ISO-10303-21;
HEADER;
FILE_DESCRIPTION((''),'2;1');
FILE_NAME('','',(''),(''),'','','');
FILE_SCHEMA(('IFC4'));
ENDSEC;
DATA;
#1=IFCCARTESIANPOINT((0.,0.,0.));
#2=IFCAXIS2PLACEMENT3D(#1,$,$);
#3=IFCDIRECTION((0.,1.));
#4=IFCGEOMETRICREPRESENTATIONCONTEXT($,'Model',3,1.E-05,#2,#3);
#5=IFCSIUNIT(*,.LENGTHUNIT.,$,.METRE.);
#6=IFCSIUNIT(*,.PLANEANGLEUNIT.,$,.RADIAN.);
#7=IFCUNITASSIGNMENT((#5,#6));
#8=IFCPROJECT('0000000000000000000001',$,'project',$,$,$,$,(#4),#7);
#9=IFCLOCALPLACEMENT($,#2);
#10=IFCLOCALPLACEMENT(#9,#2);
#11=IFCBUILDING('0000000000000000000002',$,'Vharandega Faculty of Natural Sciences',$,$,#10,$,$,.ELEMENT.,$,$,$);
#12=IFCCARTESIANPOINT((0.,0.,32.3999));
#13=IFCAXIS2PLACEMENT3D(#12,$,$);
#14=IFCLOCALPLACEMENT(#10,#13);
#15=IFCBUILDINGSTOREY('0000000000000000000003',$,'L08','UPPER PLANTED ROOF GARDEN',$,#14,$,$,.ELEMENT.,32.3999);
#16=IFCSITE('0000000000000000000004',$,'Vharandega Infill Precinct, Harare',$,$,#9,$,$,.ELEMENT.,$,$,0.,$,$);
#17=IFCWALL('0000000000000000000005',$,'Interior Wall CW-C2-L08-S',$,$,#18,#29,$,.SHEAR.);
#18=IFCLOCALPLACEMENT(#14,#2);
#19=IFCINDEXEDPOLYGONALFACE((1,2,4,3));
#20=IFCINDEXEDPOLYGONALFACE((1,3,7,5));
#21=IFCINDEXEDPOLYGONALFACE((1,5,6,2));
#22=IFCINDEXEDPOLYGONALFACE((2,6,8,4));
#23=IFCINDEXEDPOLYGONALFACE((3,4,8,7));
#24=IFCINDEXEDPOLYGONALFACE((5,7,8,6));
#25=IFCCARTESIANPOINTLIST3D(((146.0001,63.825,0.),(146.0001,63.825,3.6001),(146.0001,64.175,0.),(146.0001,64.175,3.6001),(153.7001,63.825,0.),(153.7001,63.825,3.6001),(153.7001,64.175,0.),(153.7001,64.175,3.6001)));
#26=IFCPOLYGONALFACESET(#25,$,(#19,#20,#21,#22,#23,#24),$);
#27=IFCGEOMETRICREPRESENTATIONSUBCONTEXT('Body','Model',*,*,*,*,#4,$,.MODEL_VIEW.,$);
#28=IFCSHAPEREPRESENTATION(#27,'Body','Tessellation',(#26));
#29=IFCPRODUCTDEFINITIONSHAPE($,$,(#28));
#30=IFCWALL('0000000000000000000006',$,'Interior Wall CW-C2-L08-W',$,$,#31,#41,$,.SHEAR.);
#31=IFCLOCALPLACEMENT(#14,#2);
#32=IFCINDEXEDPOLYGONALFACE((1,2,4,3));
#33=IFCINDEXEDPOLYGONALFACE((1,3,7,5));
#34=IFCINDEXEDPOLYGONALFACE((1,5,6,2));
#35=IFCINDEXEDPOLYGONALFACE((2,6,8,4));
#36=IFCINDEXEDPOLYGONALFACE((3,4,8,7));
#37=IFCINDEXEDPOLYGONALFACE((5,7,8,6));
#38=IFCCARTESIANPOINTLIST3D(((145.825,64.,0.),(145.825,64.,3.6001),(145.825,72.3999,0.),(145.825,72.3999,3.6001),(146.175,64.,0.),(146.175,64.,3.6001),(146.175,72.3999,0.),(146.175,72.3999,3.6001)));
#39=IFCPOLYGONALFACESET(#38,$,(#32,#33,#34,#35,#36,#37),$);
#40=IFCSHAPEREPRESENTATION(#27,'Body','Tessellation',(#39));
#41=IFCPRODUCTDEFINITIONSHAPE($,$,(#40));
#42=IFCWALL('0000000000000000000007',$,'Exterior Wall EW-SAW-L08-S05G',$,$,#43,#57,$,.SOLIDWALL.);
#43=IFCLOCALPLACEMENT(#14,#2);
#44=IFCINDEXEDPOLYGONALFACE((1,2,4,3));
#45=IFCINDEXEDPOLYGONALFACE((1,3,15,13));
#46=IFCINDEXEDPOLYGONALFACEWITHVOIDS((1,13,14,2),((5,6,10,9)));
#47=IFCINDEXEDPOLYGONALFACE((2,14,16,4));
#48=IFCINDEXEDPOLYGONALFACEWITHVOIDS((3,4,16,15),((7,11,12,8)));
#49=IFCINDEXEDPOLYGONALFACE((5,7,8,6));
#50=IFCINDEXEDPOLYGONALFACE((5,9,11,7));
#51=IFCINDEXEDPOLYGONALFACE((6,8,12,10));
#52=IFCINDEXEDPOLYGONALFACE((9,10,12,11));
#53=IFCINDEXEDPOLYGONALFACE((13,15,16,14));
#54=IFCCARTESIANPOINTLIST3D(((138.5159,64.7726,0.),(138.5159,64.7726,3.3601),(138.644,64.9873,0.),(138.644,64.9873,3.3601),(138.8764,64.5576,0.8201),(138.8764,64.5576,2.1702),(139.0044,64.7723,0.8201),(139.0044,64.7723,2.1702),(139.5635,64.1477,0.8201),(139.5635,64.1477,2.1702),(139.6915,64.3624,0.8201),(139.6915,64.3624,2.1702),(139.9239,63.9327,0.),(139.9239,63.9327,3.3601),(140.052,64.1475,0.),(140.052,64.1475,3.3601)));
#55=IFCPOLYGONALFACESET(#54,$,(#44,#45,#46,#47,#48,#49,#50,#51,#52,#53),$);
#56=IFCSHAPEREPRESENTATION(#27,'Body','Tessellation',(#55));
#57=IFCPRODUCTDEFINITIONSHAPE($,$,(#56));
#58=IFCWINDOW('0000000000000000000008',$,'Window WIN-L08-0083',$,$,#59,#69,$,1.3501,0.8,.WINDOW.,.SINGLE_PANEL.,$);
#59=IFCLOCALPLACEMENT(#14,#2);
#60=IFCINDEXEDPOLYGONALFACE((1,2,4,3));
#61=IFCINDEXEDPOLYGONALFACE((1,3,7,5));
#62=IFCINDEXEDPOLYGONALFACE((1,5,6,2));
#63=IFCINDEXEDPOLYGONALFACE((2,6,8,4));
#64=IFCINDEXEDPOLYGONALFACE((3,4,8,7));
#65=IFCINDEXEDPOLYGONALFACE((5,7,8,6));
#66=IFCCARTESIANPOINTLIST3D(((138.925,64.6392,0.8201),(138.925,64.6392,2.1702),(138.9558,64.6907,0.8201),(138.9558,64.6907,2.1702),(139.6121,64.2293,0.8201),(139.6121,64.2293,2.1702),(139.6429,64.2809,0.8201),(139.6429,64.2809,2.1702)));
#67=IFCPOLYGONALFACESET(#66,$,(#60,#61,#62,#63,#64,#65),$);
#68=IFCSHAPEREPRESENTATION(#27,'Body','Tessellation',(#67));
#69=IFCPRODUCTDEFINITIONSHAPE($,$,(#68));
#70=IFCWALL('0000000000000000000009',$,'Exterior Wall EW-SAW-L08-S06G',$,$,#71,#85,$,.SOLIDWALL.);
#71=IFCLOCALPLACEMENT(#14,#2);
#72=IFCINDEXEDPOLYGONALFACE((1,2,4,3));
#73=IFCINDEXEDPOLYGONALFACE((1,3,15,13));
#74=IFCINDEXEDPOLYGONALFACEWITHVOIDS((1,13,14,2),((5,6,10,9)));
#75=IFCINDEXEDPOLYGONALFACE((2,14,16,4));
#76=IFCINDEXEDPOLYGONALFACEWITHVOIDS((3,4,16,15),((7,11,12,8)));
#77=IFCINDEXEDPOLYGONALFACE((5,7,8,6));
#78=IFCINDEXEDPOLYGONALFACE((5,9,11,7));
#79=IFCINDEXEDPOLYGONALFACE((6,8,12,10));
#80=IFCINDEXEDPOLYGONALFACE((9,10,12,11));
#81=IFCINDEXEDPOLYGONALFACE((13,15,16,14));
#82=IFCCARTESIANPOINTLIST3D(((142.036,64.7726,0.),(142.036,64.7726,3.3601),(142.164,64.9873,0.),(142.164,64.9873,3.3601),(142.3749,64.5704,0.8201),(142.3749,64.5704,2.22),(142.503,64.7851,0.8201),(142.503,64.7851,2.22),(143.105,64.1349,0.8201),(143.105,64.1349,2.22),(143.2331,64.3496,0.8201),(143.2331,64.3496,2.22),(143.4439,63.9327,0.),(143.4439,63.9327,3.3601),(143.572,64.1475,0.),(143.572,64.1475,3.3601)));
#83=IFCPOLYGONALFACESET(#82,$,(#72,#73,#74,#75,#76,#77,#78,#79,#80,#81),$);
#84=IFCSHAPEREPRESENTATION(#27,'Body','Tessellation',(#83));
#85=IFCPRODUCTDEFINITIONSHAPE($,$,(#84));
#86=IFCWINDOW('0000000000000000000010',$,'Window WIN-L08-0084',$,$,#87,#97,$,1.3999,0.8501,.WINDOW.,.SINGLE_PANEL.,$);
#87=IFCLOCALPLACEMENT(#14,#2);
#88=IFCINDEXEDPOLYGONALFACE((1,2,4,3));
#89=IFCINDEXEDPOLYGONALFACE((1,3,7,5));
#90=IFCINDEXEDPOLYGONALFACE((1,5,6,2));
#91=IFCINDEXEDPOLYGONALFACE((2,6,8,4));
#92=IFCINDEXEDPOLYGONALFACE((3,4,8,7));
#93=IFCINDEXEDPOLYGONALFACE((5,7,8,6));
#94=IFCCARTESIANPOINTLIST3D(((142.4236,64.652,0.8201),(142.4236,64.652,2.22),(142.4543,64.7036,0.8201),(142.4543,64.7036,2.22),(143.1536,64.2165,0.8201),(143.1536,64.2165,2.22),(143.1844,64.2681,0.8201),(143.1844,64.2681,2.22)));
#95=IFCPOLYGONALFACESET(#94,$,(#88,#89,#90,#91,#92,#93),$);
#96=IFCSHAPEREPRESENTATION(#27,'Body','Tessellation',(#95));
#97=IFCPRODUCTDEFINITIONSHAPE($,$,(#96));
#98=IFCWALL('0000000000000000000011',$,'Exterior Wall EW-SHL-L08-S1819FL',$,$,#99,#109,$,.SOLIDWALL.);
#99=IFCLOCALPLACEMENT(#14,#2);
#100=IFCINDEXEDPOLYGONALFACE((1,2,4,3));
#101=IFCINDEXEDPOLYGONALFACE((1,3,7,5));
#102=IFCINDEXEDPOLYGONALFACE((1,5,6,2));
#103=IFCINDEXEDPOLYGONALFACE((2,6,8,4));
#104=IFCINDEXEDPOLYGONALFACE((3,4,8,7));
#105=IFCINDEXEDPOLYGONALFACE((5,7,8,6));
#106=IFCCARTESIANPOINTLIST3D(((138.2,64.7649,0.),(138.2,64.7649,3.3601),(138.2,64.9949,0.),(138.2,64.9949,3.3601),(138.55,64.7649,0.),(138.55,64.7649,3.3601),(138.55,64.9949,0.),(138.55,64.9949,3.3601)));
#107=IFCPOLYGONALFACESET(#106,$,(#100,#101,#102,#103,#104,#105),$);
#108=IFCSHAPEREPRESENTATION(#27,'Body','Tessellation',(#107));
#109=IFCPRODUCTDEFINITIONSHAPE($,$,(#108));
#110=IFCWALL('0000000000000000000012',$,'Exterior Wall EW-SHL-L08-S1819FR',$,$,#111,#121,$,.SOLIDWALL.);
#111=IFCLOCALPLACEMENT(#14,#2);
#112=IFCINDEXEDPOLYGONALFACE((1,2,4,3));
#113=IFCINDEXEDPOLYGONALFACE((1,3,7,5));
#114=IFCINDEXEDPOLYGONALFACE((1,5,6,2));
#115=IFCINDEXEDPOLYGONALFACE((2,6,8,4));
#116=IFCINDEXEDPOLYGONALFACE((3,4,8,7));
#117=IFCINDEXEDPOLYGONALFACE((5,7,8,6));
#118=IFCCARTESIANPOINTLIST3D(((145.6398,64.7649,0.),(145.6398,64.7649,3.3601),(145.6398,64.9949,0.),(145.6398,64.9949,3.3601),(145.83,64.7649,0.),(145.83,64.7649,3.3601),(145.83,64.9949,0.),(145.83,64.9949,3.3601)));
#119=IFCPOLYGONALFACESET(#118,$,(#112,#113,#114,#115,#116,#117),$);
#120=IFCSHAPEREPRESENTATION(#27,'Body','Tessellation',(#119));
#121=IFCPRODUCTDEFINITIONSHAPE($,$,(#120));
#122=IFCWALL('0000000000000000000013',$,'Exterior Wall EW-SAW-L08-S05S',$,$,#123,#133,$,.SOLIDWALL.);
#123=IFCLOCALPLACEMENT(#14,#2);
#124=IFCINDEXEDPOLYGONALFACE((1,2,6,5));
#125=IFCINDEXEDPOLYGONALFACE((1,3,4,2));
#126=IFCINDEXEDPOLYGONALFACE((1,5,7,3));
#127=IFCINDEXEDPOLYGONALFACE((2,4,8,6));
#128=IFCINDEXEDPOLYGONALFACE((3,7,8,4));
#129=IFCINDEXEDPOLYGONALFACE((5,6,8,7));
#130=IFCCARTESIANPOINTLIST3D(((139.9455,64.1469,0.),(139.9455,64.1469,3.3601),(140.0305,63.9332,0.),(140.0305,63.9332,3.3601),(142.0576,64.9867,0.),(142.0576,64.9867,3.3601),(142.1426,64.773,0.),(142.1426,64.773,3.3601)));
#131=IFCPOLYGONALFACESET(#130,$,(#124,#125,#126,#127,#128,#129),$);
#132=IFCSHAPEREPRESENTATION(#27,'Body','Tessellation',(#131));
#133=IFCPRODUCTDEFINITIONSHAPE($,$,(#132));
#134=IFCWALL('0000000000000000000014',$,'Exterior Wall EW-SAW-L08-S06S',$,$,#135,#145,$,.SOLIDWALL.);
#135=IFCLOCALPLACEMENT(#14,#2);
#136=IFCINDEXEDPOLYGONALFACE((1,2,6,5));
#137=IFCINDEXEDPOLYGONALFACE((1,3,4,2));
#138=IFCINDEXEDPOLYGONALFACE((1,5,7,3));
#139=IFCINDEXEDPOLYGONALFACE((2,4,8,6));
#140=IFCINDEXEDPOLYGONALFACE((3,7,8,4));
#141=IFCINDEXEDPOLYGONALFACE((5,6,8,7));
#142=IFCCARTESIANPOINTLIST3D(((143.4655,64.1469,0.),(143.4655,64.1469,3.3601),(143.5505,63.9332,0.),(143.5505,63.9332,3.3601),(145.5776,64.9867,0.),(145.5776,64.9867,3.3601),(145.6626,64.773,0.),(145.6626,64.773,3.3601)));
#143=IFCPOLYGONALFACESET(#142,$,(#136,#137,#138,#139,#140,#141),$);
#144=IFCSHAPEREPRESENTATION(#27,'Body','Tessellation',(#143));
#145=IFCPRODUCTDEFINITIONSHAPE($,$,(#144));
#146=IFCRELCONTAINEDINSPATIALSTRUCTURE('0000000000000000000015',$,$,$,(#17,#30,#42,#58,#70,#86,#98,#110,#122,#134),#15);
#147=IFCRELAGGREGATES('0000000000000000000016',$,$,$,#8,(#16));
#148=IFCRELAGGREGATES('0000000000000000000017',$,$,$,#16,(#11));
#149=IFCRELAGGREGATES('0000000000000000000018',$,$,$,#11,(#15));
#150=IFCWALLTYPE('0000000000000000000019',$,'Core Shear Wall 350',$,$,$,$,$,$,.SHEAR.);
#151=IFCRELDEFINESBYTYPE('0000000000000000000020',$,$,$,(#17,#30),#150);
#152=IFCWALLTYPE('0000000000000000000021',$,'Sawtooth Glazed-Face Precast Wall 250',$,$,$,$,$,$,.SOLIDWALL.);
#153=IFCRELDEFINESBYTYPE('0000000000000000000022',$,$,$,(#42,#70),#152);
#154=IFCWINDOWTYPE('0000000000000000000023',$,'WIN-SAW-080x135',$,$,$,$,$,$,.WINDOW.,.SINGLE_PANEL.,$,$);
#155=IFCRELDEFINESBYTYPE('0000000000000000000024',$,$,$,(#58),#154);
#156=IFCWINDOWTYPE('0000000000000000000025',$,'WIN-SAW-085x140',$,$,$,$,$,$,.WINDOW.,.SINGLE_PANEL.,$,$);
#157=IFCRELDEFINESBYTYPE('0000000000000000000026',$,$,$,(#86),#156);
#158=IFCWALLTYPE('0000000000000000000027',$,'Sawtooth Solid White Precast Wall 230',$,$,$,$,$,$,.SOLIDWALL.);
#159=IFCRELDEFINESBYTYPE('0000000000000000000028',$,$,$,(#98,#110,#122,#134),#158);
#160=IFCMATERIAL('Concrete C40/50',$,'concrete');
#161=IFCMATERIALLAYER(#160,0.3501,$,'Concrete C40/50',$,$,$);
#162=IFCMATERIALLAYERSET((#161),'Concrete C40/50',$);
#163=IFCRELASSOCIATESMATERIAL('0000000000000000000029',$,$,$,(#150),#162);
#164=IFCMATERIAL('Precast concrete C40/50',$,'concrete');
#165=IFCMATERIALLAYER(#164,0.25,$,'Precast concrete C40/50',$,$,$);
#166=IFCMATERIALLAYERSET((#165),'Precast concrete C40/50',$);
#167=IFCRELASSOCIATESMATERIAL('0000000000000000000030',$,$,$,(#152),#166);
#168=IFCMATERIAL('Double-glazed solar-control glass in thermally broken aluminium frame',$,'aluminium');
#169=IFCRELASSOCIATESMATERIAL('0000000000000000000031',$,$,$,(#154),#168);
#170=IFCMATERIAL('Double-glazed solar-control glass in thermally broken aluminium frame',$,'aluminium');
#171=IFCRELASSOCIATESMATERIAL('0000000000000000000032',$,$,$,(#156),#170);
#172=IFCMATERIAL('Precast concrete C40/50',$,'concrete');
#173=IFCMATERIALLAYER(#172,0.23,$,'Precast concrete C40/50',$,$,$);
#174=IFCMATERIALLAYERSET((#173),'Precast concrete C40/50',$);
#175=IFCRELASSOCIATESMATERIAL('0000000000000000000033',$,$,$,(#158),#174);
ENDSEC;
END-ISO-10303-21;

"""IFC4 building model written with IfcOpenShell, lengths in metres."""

from ifc_helpers import new_model, si_unit, direction, frame, frame_2d, origin, place, context, subcontext, project, spatial, rectangle, extrude, material, layer, layer_set, type_object, element, fill, save


model = new_model("IFC4")

# Units and contexts
model_context = context("Model", 3, precision=1e-05, world=origin(), true_north=direction((0.0, 1.0)))
body_context = subcontext(model_context, "Body", "Model", "MODEL_VIEW")
ifc_project = project(units=[si_unit("LENGTHUNIT", "METRE"), si_unit("PLANEANGLEUNIT", "RADIAN")], contexts=[model_context])

# Site, building, storey
site_placement = place(None, origin())
site = spatial("IfcSite", under=ifc_project, at=site_placement, Name="Vharandega Infill Precinct, Harare", CompositionType="ELEMENT", RefElevation=0.0)
building_placement = place(site_placement, origin())
building = spatial("IfcBuilding", under=site, at=building_placement, Name="Vharandega Faculty of Natural Sciences", CompositionType="ELEMENT")
storey_placement = place(building_placement, frame((0.0, 0.0, 32.3999)))
storey = spatial("IfcBuildingStorey", under=building, at=storey_placement, Name="L08", Description="UPPER PLANTED ROOF GARDEN", CompositionType="ELEMENT", Elevation=32.3999)

# Walls
ifc_material_1 = material(Name="Concrete C40/50", Category="concrete")
ifc_layer_1 = layer(ifc_material_1, 0.3501, Name="Concrete C40/50")
ifc_layer_set_1 = layer_set([ifc_layer_1], Name="Concrete C40/50")
wall_type_1 = type_object("IfcWallType", Name="Core Shear Wall 350", PredefinedType="SHEAR", material=ifc_layer_set_1)
wall_1_placement = place(storey_placement, frame((146.0, 64.0, 0.0), z_axis=(0.0, 0.0, 1.0), x_axis=(1.0, 0.0, 0.0)))
element("IfcWall", 1, at=wall_1_placement, inside=storey, type_object=wall_type_1, Name="Interior Wall CW-C2-L08-S", PredefinedType="SHEAR", context=body_context, shape_type="SweptSolid", body=[
    extrude(rectangle(XDim=7.7, YDim=0.3501, at=frame_2d((3.8501, 0.0))), origin(), (0.0, 0.0, 1.0), 3.6001),
])
wall_2_placement = place(storey_placement, frame((146.0, 64.0, 0.0), z_axis=(0.0, 0.0, 1.0), x_axis=(0.0, 1.0, 0.0)))
element("IfcWall", 2, at=wall_2_placement, inside=storey, type_object=wall_type_1, Name="Interior Wall CW-C2-L08-W", PredefinedType="SHEAR", context=body_context, shape_type="SweptSolid", body=[
    extrude(rectangle(XDim=8.3999, YDim=0.3501, at=frame_2d((4.2, 0.0))), origin(), (0.0, 0.0, 1.0), 3.6001),
])

# Walls, openings, windows
ifc_material_2 = material(Name="Precast concrete C40/50", Category="concrete")
ifc_layer_2 = layer(ifc_material_2, 0.25, Name="Precast concrete C40/50")
ifc_layer_set_2 = layer_set([ifc_layer_2], Name="Precast concrete C40/50")
wall_type_2 = type_object("IfcWallType", Name="Sawtooth Glazed-Face Precast Wall 250", PredefinedType="SOLIDWALL", material=ifc_layer_set_2)
wall_3_placement = place(storey_placement, frame((139.988, 64.04, 0.0), z_axis=(0.0, 0.0, 1.0), x_axis=(-0.858817, 0.512282, 0.0)))
wall_3 = element("IfcWall", 3, at=wall_3_placement, inside=storey, type_object=wall_type_2, Name="Exterior Wall EW-SAW-L08-S05G", PredefinedType="SOLIDWALL", context=body_context, shape_type="SweptSolid", body=[
    extrude(rectangle(XDim=1.6394, YDim=0.25, at=frame_2d((0.8198, 0.0))), origin(), (0.0, 0.0, 1.0), 3.3601),
])
opening_1_placement = place(wall_3_placement, frame((0.4199, 0.0, 0.8201)))
opening_1 = element("IfcOpeningElement", 4, at=opening_1_placement, cuts=wall_3, PredefinedType="OPENING", context=body_context, shape_type="SweptSolid", body=[
    extrude(rectangle(XDim=0.8, YDim=1.3501, at=frame_2d((0.3999, 0.675))), frame((0.0, 0.135, 0.0), z_axis=(0.0, -1.0, 0.0), x_axis=(1.0, 0.0, 0.0)), (0.0, 0.0, 1.0), 0.27),
])
ifc_material_3 = material(Name="Double-glazed solar-control glass in thermally broken aluminium frame", Category="aluminium")
window_type_1 = type_object("IfcWindowType", Name="WIN-SAW-080x135", PartitioningType="SINGLE_PANEL", PredefinedType="WINDOW", material=ifc_material_3)
window_1_placement = place(opening_1_placement, origin())
window_1 = element("IfcWindow", 5, at=window_1_placement, inside=storey, type_object=window_type_1, Name="Window WIN-L08-0083", OverallHeight=1.3501, OverallWidth=0.8, PartitioningType="SINGLE_PANEL", PredefinedType="WINDOW", context=body_context, shape_type="SweptSolid", body=[
    extrude(rectangle(XDim=0.8, YDim=1.3501, at=frame_2d((0.3999, 0.675))), frame((0.0, 0.03, 0.0), z_axis=(0.0, -1.0, 0.0), x_axis=(1.0, 0.0, 0.0)), (0.0, 0.0, 1.0), 0.0601),
])
fill(opening_1, window_1)
wall_4_placement = place(storey_placement, frame((143.5081, 64.04, 0.0), z_axis=(0.0, 0.0, 1.0), x_axis=(-0.858817, 0.512282, 0.0)))
wall_4 = element("IfcWall", 6, at=wall_4_placement, inside=storey, type_object=wall_type_2, Name="Exterior Wall EW-SAW-L08-S06G", PredefinedType="SOLIDWALL", context=body_context, shape_type="SweptSolid", body=[
    extrude(rectangle(XDim=1.6394, YDim=0.25, at=frame_2d((0.8198, 0.0))), origin(), (0.0, 0.0, 1.0), 3.3601),
])
opening_2_placement = place(wall_4_placement, frame((0.3948, 0.0, 0.8201)))
opening_2 = element("IfcOpeningElement", 7, at=opening_2_placement, cuts=wall_4, PredefinedType="OPENING", context=body_context, shape_type="SweptSolid", body=[
    extrude(rectangle(XDim=0.8501, YDim=1.3999, at=frame_2d((0.425, 0.7))), frame((0.0, 0.135, 0.0), z_axis=(0.0, -1.0, 0.0), x_axis=(1.0, 0.0, 0.0)), (0.0, 0.0, 1.0), 0.27),
])
ifc_material_4 = material(Name="Double-glazed solar-control glass in thermally broken aluminium frame", Category="aluminium")
window_type_2 = type_object("IfcWindowType", Name="WIN-SAW-085x140", PartitioningType="SINGLE_PANEL", PredefinedType="WINDOW", material=ifc_material_4)
window_2_placement = place(opening_2_placement, origin())
window_2 = element("IfcWindow", 8, at=window_2_placement, inside=storey, type_object=window_type_2, Name="Window WIN-L08-0084", OverallHeight=1.3999, OverallWidth=0.8501, PartitioningType="SINGLE_PANEL", PredefinedType="WINDOW", context=body_context, shape_type="SweptSolid", body=[
    extrude(rectangle(XDim=0.8501, YDim=1.3999, at=frame_2d((0.425, 0.7))), frame((0.0, 0.03, 0.0), z_axis=(0.0, -1.0, 0.0), x_axis=(1.0, 0.0, 0.0)), (0.0, 0.0, 1.0), 0.0601),
])
fill(opening_2, window_2)

# Walls
ifc_material_5 = material(Name="Precast concrete C40/50", Category="concrete")
ifc_layer_3 = layer(ifc_material_5, 0.23, Name="Precast concrete C40/50")
ifc_layer_set_3 = layer_set([ifc_layer_3], Name="Precast concrete C40/50")
wall_type_3 = type_object("IfcWallType", Name="Sawtooth Solid White Precast Wall 230", PredefinedType="SOLIDWALL", material=ifc_layer_set_3)
wall_5_placement = place(storey_placement, frame((138.55, 64.8799, 0.0), z_axis=(0.0, 0.0, 1.0), x_axis=(-1.0, 0.0, 0.0)))
element("IfcWall", 9, at=wall_5_placement, inside=storey, type_object=wall_type_3, Name="Exterior Wall EW-SHL-L08-S1819FL", PredefinedType="SOLIDWALL", context=body_context, shape_type="SweptSolid", body=[
    extrude(rectangle(XDim=0.3501, YDim=0.23, at=frame_2d((0.175, 0.0))), origin(), (0.0, 0.0, 1.0), 3.3601),
])
wall_6_placement = place(storey_placement, frame((145.8301, 64.8799, 0.0), z_axis=(0.0, 0.0, 1.0), x_axis=(-1.0, 0.0, 0.0)))
element("IfcWall", 10, at=wall_6_placement, inside=storey, type_object=wall_type_3, Name="Exterior Wall EW-SHL-L08-S1819FR", PredefinedType="SOLIDWALL", context=body_context, shape_type="SweptSolid", body=[
    extrude(rectangle(XDim=0.1902, YDim=0.23, at=frame_2d((0.0952, 0.0))), origin(), (0.0, 0.0, 1.0), 3.3601),
])
for number, where, z_axis, x_axis, name in (
    (11, (142.1001, 64.8799, 0.0), (0.0, 0.0, 1.0), (-0.92923, -0.369501, 0.0), "Exterior Wall EW-SAW-L08-S05S"),
    (12, (145.6201, 64.8799, 0.0), (0.0, 0.0, 1.0), (-0.92923, -0.369501, 0.0), "Exterior Wall EW-SAW-L08-S06S"),
):
    element("IfcWall", number, at=place(storey_placement, frame(where, z_axis=z_axis, x_axis=x_axis)), inside=storey, type_object=wall_type_3, Name=name, PredefinedType="SOLIDWALL", context=body_context, shape_type="SweptSolid", body=[
        extrude(rectangle(XDim=2.2729, YDim=0.23, at=frame_2d((1.1365, 0.0))), origin(), (0.0, 0.0, 1.0), 3.3601),
    ])

save(model, "model.ifc")
